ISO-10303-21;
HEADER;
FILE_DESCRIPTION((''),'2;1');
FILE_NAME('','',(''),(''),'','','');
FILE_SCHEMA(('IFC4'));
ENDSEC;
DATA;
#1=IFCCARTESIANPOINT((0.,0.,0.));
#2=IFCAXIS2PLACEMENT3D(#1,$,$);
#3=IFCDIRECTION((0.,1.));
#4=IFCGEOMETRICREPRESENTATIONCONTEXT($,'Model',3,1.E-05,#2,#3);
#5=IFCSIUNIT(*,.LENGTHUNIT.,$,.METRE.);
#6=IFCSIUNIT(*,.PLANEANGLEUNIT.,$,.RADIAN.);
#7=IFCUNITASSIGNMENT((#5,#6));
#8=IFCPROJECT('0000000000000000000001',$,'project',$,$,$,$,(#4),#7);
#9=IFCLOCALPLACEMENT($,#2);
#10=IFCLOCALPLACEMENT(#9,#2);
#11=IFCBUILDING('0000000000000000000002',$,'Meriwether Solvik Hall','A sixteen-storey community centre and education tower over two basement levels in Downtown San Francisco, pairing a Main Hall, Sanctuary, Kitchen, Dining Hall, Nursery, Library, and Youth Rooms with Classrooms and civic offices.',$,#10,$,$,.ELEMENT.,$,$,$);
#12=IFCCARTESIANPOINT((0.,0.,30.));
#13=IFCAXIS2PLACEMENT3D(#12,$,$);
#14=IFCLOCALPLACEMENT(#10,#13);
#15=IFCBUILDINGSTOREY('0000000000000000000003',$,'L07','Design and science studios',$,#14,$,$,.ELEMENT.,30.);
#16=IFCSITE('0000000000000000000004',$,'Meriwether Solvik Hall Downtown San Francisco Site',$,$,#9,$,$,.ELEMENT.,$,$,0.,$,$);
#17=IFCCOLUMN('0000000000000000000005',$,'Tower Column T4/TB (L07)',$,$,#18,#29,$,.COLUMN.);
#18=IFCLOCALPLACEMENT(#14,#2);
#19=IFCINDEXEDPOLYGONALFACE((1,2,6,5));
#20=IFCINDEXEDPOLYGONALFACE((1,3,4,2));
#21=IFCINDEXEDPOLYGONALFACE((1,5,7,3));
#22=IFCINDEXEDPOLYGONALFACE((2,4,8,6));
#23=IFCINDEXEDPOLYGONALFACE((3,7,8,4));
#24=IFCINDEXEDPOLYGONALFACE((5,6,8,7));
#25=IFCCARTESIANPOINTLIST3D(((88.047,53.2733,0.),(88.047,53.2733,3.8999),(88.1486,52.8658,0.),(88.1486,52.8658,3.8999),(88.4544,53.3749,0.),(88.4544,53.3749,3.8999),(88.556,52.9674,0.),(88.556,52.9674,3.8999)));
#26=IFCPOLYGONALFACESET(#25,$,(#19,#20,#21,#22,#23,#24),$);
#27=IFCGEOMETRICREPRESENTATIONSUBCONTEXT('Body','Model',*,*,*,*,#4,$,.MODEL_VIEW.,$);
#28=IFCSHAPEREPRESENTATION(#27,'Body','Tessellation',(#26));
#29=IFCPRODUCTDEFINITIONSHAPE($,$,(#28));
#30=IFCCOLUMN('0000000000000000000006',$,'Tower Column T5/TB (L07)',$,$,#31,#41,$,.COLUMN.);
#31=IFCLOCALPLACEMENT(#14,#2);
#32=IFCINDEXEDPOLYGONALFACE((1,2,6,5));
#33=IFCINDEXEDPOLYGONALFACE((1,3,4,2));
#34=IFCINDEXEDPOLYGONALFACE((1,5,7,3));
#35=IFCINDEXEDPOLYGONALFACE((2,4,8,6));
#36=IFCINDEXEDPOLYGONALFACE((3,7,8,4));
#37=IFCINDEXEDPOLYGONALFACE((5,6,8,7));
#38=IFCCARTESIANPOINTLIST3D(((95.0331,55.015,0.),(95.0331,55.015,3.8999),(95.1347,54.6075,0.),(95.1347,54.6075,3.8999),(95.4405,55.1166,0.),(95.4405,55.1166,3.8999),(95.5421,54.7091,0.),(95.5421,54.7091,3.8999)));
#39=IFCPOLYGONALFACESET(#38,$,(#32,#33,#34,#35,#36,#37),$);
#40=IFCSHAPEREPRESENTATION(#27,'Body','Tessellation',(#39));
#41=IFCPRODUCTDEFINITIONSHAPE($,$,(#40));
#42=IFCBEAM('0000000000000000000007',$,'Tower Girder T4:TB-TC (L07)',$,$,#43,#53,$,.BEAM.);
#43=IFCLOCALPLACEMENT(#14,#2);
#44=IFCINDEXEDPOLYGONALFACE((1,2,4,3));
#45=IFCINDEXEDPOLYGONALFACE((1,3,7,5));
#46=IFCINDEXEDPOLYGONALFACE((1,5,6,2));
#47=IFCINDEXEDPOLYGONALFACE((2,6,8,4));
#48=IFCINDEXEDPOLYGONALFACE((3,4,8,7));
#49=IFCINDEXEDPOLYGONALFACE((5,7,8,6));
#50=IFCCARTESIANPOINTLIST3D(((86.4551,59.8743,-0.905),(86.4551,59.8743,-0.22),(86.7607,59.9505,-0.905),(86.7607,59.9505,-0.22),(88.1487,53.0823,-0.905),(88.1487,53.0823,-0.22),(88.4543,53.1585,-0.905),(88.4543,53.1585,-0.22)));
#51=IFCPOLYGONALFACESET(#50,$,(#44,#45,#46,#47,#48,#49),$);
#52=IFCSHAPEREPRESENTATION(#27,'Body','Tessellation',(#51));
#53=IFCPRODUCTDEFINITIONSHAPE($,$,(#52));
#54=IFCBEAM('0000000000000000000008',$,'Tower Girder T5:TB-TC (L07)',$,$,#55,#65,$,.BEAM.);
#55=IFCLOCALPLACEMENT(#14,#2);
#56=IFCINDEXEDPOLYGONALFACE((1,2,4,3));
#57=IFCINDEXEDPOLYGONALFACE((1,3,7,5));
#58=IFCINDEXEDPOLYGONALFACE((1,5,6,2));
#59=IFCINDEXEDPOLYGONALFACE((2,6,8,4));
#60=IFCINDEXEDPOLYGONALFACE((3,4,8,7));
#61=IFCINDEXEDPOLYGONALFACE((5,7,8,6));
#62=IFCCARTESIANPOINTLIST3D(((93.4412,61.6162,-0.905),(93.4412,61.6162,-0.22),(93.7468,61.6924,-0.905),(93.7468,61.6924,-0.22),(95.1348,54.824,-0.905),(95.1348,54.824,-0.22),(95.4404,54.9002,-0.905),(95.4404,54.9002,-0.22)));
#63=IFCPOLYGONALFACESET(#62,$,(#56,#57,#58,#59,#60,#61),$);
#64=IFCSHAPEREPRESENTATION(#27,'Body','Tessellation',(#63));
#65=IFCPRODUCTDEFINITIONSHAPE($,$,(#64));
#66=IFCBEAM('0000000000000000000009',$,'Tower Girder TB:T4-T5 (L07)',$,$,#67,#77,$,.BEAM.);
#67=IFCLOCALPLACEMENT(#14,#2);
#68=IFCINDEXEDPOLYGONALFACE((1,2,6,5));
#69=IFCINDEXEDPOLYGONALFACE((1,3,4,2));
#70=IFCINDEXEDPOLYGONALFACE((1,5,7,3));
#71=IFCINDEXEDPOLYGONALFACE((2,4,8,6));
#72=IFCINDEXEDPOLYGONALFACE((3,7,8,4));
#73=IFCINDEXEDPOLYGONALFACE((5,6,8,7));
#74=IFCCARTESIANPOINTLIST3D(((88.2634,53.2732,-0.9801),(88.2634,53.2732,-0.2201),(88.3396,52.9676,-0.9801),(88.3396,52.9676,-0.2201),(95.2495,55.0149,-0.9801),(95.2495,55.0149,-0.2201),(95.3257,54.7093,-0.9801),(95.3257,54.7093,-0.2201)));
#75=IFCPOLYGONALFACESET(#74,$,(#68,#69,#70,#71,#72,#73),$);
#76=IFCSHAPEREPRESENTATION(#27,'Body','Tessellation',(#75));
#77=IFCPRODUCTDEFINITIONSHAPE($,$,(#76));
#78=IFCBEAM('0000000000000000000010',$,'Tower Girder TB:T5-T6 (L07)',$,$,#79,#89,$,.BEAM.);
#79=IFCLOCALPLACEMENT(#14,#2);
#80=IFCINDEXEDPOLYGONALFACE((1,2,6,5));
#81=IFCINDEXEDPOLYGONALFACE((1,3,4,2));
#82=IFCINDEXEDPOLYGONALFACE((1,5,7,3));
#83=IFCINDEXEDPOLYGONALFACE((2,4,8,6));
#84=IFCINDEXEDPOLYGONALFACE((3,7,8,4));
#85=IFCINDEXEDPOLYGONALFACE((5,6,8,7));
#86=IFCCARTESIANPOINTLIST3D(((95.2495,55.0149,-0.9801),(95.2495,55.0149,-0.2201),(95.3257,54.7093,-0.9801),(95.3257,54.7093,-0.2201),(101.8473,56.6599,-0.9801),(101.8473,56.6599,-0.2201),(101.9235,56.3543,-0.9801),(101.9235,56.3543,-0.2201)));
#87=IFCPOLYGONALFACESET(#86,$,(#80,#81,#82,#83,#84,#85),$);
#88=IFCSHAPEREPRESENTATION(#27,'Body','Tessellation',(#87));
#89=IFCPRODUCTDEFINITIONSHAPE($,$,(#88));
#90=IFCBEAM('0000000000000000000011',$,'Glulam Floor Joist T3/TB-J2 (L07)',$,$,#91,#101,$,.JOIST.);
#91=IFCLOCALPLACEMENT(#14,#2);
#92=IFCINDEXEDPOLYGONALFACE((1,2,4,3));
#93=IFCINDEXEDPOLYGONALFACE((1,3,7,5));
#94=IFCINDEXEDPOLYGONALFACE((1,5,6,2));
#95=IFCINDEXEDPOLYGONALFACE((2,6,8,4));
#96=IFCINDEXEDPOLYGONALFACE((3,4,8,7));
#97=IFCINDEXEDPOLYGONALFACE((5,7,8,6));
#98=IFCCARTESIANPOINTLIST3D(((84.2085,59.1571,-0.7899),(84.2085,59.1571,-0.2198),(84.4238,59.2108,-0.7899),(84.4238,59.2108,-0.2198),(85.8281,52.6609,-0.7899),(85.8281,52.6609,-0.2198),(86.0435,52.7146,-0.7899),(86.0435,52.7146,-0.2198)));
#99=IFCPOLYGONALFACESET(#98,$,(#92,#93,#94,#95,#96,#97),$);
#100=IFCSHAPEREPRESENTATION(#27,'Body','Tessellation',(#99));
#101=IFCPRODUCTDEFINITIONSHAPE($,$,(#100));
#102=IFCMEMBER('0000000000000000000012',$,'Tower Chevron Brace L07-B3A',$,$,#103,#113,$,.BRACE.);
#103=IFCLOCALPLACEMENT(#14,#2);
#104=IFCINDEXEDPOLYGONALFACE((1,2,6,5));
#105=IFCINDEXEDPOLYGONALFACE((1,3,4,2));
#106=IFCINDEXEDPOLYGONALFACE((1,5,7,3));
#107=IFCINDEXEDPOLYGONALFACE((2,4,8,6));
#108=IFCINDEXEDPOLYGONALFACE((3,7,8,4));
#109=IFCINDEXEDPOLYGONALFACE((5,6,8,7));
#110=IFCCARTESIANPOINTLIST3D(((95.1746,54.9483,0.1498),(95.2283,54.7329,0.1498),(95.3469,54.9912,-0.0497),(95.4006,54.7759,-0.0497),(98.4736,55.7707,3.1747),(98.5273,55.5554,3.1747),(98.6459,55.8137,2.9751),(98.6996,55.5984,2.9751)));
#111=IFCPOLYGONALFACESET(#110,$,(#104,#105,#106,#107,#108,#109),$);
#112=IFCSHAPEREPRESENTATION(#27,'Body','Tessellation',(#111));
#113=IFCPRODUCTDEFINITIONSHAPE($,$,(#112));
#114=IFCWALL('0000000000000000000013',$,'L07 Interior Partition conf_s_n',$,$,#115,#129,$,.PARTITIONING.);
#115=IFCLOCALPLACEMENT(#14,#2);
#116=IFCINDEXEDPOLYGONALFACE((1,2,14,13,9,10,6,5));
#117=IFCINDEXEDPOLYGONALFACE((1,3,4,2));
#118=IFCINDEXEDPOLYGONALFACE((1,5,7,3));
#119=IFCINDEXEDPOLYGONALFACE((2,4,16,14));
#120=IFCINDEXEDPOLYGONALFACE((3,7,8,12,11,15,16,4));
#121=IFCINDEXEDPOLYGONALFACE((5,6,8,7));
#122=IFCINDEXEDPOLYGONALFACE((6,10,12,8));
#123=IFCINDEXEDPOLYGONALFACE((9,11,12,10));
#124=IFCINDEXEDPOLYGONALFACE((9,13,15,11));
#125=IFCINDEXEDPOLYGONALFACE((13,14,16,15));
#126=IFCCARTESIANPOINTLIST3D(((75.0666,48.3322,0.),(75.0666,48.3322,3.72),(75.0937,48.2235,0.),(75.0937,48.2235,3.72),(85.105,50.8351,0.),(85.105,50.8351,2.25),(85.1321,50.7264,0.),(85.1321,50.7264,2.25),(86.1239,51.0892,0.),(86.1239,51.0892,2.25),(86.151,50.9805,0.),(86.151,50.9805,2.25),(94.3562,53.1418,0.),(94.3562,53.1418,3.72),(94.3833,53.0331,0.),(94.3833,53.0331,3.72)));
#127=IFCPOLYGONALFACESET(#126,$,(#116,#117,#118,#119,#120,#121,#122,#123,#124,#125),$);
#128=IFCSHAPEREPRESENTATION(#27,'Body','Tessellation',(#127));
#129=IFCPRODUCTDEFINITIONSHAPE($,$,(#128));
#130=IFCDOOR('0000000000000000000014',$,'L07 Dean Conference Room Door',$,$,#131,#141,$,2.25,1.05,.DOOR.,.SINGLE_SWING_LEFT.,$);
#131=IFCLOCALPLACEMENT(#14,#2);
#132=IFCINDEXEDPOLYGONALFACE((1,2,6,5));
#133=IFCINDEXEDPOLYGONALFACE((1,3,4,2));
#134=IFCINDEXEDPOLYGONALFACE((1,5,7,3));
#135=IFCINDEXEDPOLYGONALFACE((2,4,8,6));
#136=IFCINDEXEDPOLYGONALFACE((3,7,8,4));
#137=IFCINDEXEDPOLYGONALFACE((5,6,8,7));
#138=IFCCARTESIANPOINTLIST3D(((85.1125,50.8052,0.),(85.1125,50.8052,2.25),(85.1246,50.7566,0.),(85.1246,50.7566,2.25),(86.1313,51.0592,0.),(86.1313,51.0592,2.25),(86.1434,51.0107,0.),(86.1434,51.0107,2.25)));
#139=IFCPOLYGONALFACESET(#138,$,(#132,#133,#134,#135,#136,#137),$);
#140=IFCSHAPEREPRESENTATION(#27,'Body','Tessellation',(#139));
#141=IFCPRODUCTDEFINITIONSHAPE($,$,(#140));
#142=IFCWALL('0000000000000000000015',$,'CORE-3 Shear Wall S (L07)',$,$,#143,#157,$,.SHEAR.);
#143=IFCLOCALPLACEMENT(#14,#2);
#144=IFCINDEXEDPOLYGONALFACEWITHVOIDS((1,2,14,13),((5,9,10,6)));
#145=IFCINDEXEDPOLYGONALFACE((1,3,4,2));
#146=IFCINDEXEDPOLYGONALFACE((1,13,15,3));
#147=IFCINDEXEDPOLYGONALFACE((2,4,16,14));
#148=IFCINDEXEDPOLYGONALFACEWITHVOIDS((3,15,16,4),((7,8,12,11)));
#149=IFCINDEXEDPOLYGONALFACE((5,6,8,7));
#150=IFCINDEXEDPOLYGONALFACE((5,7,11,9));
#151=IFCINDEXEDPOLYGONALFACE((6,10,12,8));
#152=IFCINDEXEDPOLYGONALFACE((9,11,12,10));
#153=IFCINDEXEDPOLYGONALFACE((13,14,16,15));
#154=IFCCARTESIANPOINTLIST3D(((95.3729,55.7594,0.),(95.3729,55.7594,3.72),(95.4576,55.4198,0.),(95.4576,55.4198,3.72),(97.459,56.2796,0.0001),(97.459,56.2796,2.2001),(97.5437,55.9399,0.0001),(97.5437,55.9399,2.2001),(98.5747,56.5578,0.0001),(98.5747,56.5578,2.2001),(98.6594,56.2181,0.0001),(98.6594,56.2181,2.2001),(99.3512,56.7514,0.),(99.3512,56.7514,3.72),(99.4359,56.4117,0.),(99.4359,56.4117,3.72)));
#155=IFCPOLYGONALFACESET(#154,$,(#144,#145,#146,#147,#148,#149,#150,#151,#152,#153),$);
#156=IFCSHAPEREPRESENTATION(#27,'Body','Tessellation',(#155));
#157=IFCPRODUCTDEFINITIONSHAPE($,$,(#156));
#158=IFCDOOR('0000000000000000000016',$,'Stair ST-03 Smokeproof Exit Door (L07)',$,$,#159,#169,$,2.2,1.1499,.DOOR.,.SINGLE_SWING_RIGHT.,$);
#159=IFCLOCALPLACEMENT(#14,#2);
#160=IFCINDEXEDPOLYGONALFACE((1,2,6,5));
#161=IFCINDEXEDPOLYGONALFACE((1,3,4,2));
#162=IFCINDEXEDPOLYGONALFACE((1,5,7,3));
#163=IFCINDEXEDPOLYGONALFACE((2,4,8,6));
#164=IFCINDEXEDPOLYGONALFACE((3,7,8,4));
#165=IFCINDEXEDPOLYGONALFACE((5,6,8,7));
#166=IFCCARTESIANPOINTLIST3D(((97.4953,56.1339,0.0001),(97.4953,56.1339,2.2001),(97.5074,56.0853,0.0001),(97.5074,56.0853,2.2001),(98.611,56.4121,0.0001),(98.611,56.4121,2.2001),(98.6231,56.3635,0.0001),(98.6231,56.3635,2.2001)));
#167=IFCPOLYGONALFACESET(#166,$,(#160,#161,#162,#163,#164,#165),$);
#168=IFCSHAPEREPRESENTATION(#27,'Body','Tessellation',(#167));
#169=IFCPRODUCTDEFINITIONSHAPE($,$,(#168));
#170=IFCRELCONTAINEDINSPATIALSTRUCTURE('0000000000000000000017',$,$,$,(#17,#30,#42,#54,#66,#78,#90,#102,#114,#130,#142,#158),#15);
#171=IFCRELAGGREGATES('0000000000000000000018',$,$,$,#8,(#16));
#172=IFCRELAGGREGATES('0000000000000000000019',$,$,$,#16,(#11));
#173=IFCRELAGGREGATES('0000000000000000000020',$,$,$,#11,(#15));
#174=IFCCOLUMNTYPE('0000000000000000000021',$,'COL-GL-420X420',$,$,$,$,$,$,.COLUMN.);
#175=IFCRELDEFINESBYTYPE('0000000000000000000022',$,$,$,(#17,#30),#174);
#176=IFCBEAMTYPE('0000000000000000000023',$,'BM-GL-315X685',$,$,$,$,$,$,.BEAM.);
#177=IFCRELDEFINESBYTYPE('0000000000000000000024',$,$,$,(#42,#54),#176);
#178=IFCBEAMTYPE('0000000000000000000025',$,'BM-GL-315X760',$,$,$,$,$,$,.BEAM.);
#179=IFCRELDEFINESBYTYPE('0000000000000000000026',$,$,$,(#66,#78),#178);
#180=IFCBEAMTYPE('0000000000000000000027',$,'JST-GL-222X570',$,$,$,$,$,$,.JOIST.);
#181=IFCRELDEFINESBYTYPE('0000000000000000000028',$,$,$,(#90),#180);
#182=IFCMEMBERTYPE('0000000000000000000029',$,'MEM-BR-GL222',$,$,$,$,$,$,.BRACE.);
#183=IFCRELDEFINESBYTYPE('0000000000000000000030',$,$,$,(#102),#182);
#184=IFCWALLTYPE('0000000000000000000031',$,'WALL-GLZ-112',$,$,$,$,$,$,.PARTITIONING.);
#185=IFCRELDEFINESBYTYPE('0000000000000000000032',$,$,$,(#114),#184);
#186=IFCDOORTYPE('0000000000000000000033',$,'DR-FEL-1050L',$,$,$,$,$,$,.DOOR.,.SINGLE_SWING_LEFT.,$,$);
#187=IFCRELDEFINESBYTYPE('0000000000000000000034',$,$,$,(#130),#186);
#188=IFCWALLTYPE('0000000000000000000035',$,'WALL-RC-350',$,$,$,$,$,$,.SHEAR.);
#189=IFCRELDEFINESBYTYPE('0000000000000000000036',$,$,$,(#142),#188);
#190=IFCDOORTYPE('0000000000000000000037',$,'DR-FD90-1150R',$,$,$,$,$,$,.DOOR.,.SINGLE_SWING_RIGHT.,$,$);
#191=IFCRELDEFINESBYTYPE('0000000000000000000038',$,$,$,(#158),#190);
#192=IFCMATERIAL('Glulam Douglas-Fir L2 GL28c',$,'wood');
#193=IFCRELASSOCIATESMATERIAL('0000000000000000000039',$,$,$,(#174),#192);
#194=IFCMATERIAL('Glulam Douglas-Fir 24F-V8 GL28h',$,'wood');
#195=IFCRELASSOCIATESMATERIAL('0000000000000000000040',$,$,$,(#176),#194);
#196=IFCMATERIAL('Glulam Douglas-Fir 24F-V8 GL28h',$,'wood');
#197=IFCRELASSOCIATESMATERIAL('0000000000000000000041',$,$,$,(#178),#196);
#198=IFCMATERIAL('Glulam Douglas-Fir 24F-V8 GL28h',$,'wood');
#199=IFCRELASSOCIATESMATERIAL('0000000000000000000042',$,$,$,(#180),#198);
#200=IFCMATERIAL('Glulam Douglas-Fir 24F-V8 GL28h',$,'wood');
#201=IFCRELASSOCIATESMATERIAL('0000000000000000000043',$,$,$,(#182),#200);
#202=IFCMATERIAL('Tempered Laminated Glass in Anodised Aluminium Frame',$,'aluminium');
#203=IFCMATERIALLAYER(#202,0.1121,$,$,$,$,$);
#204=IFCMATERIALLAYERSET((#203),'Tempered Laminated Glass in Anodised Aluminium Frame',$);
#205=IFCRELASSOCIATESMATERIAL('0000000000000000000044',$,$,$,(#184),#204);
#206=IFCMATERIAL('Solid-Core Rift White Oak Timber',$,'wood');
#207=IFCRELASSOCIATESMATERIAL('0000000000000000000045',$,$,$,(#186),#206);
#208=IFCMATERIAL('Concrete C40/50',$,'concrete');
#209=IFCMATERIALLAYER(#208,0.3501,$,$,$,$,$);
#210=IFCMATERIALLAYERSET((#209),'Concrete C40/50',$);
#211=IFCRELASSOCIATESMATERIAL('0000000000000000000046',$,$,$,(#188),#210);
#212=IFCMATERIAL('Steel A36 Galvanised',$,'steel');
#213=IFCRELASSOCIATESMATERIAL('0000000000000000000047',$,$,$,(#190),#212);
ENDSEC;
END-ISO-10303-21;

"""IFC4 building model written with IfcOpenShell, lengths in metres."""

from ifc_helpers import new_model, si_unit, direction, frame, frame_2d, origin, origin_2d, place, context, subcontext, project, spatial, rectangle, extrude, material, layer, layer_set, material_profile, profile_set, type_object, element, fill, save


model = new_model("IFC4")

# Units and contexts
model_context = context("Model", 3, precision=1e-05, world=origin(), true_north=direction((0.0, 1.0)))
body_context = subcontext(model_context, "Body", "Model", "MODEL_VIEW")
ifc_project = project(units=[si_unit("LENGTHUNIT", "METRE"), si_unit("PLANEANGLEUNIT", "RADIAN")], contexts=[model_context])

# Site, building, storey
site_placement = place(None, origin())
site = spatial("IfcSite", under=ifc_project, at=site_placement, Name="Meriwether Solvik Hall Downtown San Francisco Site", CompositionType="ELEMENT", RefElevation=0.0)
building_placement = place(site_placement, origin())
building = spatial("IfcBuilding", under=site, at=building_placement, Name="Meriwether Solvik Hall", Description="A sixteen-storey community centre and education tower over two basement levels in Downtown San Francisco, pairing a Main Hall, Sanctuary, Kitchen, Dining Hall, Nursery, Library, and Youth Rooms with Classrooms and civic offices.", CompositionType="ELEMENT")
storey_placement = place(building_placement, frame((0.0, 0.0, 30.0)))
storey = spatial("IfcBuildingStorey", under=building, at=storey_placement, Name="L07", Description="Design and science studios", CompositionType="ELEMENT", Elevation=30.0)

# Columns
ifc_material_1 = material(Name="Glulam Douglas-Fir L2 GL28c", Category="wood")
ifc_material_profile_1 = material_profile(ifc_material_1, rectangle(XDim=0.4199, YDim=0.4199, at=origin_2d()), Name="GLC-420X420")
ifc_profile_set_1 = profile_set([ifc_material_profile_1], Name="Glulam Douglas-Fir L2 GL28c")
column_type = type_object("IfcColumnType", Name="COL-GL-420X420", PredefinedType="COLUMN", material=ifc_profile_set_1)
for number, where, z_axis, x_axis, name in (
    (1, (88.3015, 53.1204, 0.0), (0.0, 0.0, 1.0), (0.970296, 0.241922, 0.0), "Tower Column T4/TB (L07)"),
    (2, (95.2876, 54.8621, 0.0), (0.0, 0.0, 1.0), (0.970296, 0.241922, 0.0), "Tower Column T5/TB (L07)"),
):
    element("IfcColumn", number, at=place(storey_placement, frame(where, z_axis=z_axis, x_axis=x_axis)), inside=storey, type_object=column_type, Name=name, PredefinedType="COLUMN", context=body_context, shape_type="SweptSolid", body=[
        extrude(rectangle(XDim=0.4199, YDim=0.4199, at=origin_2d()), origin(), (0.0, 0.0, 1.0), 3.8999),
    ])

# Beams
ifc_material_2 = material(Name="Glulam Douglas-Fir 24F-V8 GL28h", Category="wood")
ifc_material_profile_2 = material_profile(ifc_material_2, rectangle(XDim=0.3149, YDim=0.6851, at=origin_2d()), Name="GLB-315X685")
ifc_profile_set_2 = profile_set([ifc_material_profile_2], Name="Glulam Douglas-Fir 24F-V8 GL28h")
beam_type_1 = type_object("IfcBeamType", Name="BM-GL-315X685", PredefinedType="BEAM", material=ifc_profile_set_2)
beam_1_placement = place(storey_placement, frame((88.3015, 53.1204, -0.5625), z_axis=(-0.241945, 0.97029, 0.0), x_axis=(-0.97029, -0.241945, 0.0)))
element("IfcBeam", 3, at=beam_1_placement, inside=storey, type_object=beam_type_1, Name="Tower Girder T4:TB-TC (L07)", PredefinedType="BEAM", context=body_context, shape_type="SweptSolid", body=[
    extrude(rectangle(XDim=0.3149, YDim=0.6851, at=origin_2d()), origin(), (0.0, 0.0, 1.0), 7.0),
])
beam_2_placement = place(storey_placement, frame((95.2876, 54.8621, -0.5625), z_axis=(-0.241937, 0.970292, 0.0), x_axis=(-0.970292, -0.241937, 0.0)))
element("IfcBeam", 4, at=beam_2_placement, inside=storey, type_object=beam_type_1, Name="Tower Girder T5:TB-TC (L07)", PredefinedType="BEAM", context=body_context, shape_type="SweptSolid", body=[
    extrude(rectangle(XDim=0.3149, YDim=0.6851, at=origin_2d()), origin(), (0.0, 0.0, 1.0), 7.0002),
])
ifc_material_3 = material(Name="Glulam Douglas-Fir 24F-V8 GL28h", Category="wood")
ifc_material_profile_3 = material_profile(ifc_material_3, rectangle(XDim=0.3149, YDim=0.76, at=origin_2d()), Name="GLB-315X760")
ifc_profile_set_3 = profile_set([ifc_material_profile_3], Name="Glulam Douglas-Fir 24F-V8 GL28h")
beam_type_2 = type_object("IfcBeamType", Name="BM-GL-315X760", PredefinedType="BEAM", material=ifc_profile_set_3)
beam_3_placement = place(storey_placement, frame((88.3015, 53.1204, -0.6001), z_axis=(0.9703, 0.241905, 0.0), x_axis=(-0.241905, 0.9703, 0.0)))
element("IfcBeam", 5, at=beam_3_placement, inside=storey, type_object=beam_type_2, Name="Tower Girder TB:T4-T5 (L07)", PredefinedType="BEAM", context=body_context, shape_type="SweptSolid", body=[
    extrude(rectangle(XDim=0.3149, YDim=0.76, at=origin_2d()), origin(), (0.0, 0.0, 1.0), 7.2),
])
beam_4_placement = place(storey_placement, frame((95.2876, 54.8621, -0.6001), z_axis=(0.970296, 0.241919, 0.0), x_axis=(-0.241919, 0.970296, 0.0)))
element("IfcBeam", 6, at=beam_4_placement, inside=storey, type_object=beam_type_2, Name="Tower Girder TB:T5-T6 (L07)", PredefinedType="BEAM", context=body_context, shape_type="SweptSolid", body=[
    extrude(rectangle(XDim=0.3149, YDim=0.76, at=origin_2d()), origin(), (0.0, 0.0, 1.0), 6.7998),
])
ifc_material_4 = material(Name="Glulam Douglas-Fir 24F-V8 GL28h", Category="wood")
ifc_material_profile_4 = material_profile(ifc_material_4, rectangle(XDim=0.2219, YDim=0.5701, at=origin_2d()), Name="GLJ-222X570")
ifc_profile_set_4 = profile_set([ifc_material_profile_4], Name="Glulam Douglas-Fir 24F-V8 GL28h")
beam_type_3 = type_object("IfcBeamType", Name="JST-GL-222X570", PredefinedType="JOIST", material=ifc_profile_set_4)
beam_5_placement = place(storey_placement, frame((85.9358, 52.6877, -0.5049), z_axis=(-0.241918, 0.970297, 0.0), x_axis=(-0.970297, -0.241918, 0.0)))
element("IfcBeam", 7, at=beam_5_placement, inside=storey, type_object=beam_type_3, Name="Glulam Floor Joist T3/TB-J2 (L07)", PredefinedType="JOIST", context=body_context, shape_type="SweptSolid", body=[
    extrude(rectangle(XDim=0.2219, YDim=0.5701, at=origin_2d()), origin(), (0.0, 0.0, 1.0), 6.6951),
])

# Member
ifc_material_5 = material(Name="Glulam Douglas-Fir 24F-V8 GL28h", Category="wood")
ifc_material_profile_5 = material_profile(ifc_material_5, rectangle(XDim=0.2219, YDim=0.2671, at=origin_2d()), Name="GLM-222X267")
ifc_profile_set_5 = profile_set([ifc_material_profile_5], Name="Glulam Douglas-Fir 24F-V8 GL28h")
member_type = type_object("IfcMemberType", Name="MEM-BR-GL222", PredefinedType="BRACE", material=ifc_profile_set_5)
member_placement = place(storey_placement, frame((95.2876, 54.8621, 0.05), z_axis=(0.724932, 0.180737, 0.664686), x_axis=(-0.24191, 0.970299, 0.0)))
element("IfcMember", 8, at=member_placement, inside=storey, type_object=member_type, Name="Tower Chevron Brace L07-B3A", PredefinedType="BRACE", context=body_context, shape_type="SweptSolid", body=[
    extrude(rectangle(XDim=0.2219, YDim=0.2671, at=origin_2d()), origin(), (0.0, 0.0, 1.0), 4.5508),
])

# Walls, openings, doors
ifc_material_6 = material(Name="Tempered Laminated Glass in Anodised Aluminium Frame", Category="aluminium")
ifc_layer_1 = layer(ifc_material_6, 0.1121)
ifc_layer_set_1 = layer_set([ifc_layer_1], Name="Tempered Laminated Glass in Anodised Aluminium Frame")
wall_type_1 = type_object("IfcWallType", Name="WALL-GLZ-112", PredefinedType="PARTITIONING", material=ifc_layer_set_1)
wall_1_placement = place(storey_placement, frame((94.3696, 53.0874, 0.0), z_axis=(0.0, 0.0, 1.0), x_axis=(-0.970294, -0.241929, 0.0)))
wall_1 = element("IfcWall", 9, at=wall_1_placement, inside=storey, type_object=wall_type_1, Name="L07 Interior Partition conf_s_n", PredefinedType="PARTITIONING", context=body_context, shape_type="SweptSolid", body=[
    extrude(rectangle(XDim=19.8801, YDim=0.1121, at=frame_2d((9.9399, 0.0))), origin(), (0.0, 0.0, 1.0), 3.72),
])
opening_1_placement = place(wall_1_placement, frame((8.4844, 0.0, 0.0)))
opening_1 = element("IfcOpeningElement", 10, at=opening_1_placement, cuts=wall_1, PredefinedType="OPENING", context=body_context, shape_type="SweptSolid", body=[
    extrude(rectangle(XDim=1.05, YDim=2.25, at=frame_2d((0.5249, 1.125))), frame((0.0, 0.0679, 0.0), z_axis=(0.0, -1.0, 0.0), x_axis=(1.0, 0.0, 0.0)), (0.0, 0.0, 1.0), 0.136),
])
ifc_material_7 = material(Name="Solid-Core Rift White Oak Timber", Category="wood")
door_type_1 = type_object("IfcDoorType", Name="DR-FEL-1050L", OperationType="SINGLE_SWING_LEFT", PredefinedType="DOOR", material=ifc_material_7)
door_1_placement = place(opening_1_placement, origin())
door_1 = element("IfcDoor", 11, at=door_1_placement, inside=storey, type_object=door_type_1, Name="L07 Dean Conference Room Door", OperationType="SINGLE_SWING_LEFT", OverallHeight=2.25, OverallWidth=1.05, PredefinedType="DOOR", context=body_context, shape_type="SweptSolid", body=[
    extrude(rectangle(XDim=1.05, YDim=2.25, at=frame_2d((0.5249, 1.125))), frame((0.0, 0.0249, 0.0), z_axis=(0.0, -1.0, 0.0), x_axis=(1.0, 0.0, 0.0)), (0.0, 0.0, 1.0), 0.05),
])
fill(opening_1, door_1)
ifc_material_8 = material(Name="Concrete C40/50", Category="concrete")
ifc_layer_2 = layer(ifc_material_8, 0.3501)
ifc_layer_set_2 = layer_set([ifc_layer_2], Name="Concrete C40/50")
wall_type_2 = type_object("IfcWallType", Name="WALL-RC-350", PredefinedType="SHEAR", material=ifc_layer_set_2)
wall_2_placement = place(storey_placement, frame((95.4153, 55.5896, 0.0), z_axis=(0.0, 0.0, 1.0), x_axis=(0.970293, 0.241933, 0.0)))
wall_2 = element("IfcWall", 12, at=wall_2_placement, inside=storey, type_object=wall_type_2, Name="CORE-3 Shear Wall S (L07)", PredefinedType="SHEAR", context=body_context, shape_type="SweptSolid", body=[
    extrude(rectangle(XDim=4.1001, YDim=0.3501, at=frame_2d((2.05, 0.0))), origin(), (0.0, 0.0, 1.0), 3.72),
])
opening_2_placement = place(wall_2_placement, frame((2.1499, 0.0, 0.0)))
opening_2 = element("IfcOpeningElement", 13, at=opening_2_placement, cuts=wall_2, PredefinedType="OPENING", context=body_context, shape_type="SweptSolid", body=[
    extrude(rectangle(XDim=1.1499, YDim=2.2, at=frame_2d((0.575, 1.1001))), frame((0.0, 0.187, 0.0), z_axis=(0.0, -1.0, 0.0), x_axis=(1.0, 0.0, 0.0)), (0.0, 0.0, 1.0), 0.374),
])
ifc_material_9 = material(Name="Steel A36 Galvanised", Category="steel")
door_type_2 = type_object("IfcDoorType", Name="DR-FD90-1150R", OperationType="SINGLE_SWING_RIGHT", PredefinedType="DOOR", material=ifc_material_9)
door_2_placement = place(opening_2_placement, origin())
door_2 = element("IfcDoor", 14, at=door_2_placement, inside=storey, type_object=door_type_2, Name="Stair ST-03 Smokeproof Exit Door (L07)", OperationType="SINGLE_SWING_RIGHT", OverallHeight=2.2, OverallWidth=1.1499, PredefinedType="DOOR", context=body_context, shape_type="SweptSolid", body=[
    extrude(rectangle(XDim=1.1499, YDim=2.2, at=frame_2d((0.575, 1.1001))), frame((0.0, 0.0249, 0.0), z_axis=(0.0, -1.0, 0.0), x_axis=(1.0, 0.0, 0.0)), (0.0, 0.0, 1.0), 0.05),
])
fill(opening_2, door_2)

save(model, "model.ifc")
